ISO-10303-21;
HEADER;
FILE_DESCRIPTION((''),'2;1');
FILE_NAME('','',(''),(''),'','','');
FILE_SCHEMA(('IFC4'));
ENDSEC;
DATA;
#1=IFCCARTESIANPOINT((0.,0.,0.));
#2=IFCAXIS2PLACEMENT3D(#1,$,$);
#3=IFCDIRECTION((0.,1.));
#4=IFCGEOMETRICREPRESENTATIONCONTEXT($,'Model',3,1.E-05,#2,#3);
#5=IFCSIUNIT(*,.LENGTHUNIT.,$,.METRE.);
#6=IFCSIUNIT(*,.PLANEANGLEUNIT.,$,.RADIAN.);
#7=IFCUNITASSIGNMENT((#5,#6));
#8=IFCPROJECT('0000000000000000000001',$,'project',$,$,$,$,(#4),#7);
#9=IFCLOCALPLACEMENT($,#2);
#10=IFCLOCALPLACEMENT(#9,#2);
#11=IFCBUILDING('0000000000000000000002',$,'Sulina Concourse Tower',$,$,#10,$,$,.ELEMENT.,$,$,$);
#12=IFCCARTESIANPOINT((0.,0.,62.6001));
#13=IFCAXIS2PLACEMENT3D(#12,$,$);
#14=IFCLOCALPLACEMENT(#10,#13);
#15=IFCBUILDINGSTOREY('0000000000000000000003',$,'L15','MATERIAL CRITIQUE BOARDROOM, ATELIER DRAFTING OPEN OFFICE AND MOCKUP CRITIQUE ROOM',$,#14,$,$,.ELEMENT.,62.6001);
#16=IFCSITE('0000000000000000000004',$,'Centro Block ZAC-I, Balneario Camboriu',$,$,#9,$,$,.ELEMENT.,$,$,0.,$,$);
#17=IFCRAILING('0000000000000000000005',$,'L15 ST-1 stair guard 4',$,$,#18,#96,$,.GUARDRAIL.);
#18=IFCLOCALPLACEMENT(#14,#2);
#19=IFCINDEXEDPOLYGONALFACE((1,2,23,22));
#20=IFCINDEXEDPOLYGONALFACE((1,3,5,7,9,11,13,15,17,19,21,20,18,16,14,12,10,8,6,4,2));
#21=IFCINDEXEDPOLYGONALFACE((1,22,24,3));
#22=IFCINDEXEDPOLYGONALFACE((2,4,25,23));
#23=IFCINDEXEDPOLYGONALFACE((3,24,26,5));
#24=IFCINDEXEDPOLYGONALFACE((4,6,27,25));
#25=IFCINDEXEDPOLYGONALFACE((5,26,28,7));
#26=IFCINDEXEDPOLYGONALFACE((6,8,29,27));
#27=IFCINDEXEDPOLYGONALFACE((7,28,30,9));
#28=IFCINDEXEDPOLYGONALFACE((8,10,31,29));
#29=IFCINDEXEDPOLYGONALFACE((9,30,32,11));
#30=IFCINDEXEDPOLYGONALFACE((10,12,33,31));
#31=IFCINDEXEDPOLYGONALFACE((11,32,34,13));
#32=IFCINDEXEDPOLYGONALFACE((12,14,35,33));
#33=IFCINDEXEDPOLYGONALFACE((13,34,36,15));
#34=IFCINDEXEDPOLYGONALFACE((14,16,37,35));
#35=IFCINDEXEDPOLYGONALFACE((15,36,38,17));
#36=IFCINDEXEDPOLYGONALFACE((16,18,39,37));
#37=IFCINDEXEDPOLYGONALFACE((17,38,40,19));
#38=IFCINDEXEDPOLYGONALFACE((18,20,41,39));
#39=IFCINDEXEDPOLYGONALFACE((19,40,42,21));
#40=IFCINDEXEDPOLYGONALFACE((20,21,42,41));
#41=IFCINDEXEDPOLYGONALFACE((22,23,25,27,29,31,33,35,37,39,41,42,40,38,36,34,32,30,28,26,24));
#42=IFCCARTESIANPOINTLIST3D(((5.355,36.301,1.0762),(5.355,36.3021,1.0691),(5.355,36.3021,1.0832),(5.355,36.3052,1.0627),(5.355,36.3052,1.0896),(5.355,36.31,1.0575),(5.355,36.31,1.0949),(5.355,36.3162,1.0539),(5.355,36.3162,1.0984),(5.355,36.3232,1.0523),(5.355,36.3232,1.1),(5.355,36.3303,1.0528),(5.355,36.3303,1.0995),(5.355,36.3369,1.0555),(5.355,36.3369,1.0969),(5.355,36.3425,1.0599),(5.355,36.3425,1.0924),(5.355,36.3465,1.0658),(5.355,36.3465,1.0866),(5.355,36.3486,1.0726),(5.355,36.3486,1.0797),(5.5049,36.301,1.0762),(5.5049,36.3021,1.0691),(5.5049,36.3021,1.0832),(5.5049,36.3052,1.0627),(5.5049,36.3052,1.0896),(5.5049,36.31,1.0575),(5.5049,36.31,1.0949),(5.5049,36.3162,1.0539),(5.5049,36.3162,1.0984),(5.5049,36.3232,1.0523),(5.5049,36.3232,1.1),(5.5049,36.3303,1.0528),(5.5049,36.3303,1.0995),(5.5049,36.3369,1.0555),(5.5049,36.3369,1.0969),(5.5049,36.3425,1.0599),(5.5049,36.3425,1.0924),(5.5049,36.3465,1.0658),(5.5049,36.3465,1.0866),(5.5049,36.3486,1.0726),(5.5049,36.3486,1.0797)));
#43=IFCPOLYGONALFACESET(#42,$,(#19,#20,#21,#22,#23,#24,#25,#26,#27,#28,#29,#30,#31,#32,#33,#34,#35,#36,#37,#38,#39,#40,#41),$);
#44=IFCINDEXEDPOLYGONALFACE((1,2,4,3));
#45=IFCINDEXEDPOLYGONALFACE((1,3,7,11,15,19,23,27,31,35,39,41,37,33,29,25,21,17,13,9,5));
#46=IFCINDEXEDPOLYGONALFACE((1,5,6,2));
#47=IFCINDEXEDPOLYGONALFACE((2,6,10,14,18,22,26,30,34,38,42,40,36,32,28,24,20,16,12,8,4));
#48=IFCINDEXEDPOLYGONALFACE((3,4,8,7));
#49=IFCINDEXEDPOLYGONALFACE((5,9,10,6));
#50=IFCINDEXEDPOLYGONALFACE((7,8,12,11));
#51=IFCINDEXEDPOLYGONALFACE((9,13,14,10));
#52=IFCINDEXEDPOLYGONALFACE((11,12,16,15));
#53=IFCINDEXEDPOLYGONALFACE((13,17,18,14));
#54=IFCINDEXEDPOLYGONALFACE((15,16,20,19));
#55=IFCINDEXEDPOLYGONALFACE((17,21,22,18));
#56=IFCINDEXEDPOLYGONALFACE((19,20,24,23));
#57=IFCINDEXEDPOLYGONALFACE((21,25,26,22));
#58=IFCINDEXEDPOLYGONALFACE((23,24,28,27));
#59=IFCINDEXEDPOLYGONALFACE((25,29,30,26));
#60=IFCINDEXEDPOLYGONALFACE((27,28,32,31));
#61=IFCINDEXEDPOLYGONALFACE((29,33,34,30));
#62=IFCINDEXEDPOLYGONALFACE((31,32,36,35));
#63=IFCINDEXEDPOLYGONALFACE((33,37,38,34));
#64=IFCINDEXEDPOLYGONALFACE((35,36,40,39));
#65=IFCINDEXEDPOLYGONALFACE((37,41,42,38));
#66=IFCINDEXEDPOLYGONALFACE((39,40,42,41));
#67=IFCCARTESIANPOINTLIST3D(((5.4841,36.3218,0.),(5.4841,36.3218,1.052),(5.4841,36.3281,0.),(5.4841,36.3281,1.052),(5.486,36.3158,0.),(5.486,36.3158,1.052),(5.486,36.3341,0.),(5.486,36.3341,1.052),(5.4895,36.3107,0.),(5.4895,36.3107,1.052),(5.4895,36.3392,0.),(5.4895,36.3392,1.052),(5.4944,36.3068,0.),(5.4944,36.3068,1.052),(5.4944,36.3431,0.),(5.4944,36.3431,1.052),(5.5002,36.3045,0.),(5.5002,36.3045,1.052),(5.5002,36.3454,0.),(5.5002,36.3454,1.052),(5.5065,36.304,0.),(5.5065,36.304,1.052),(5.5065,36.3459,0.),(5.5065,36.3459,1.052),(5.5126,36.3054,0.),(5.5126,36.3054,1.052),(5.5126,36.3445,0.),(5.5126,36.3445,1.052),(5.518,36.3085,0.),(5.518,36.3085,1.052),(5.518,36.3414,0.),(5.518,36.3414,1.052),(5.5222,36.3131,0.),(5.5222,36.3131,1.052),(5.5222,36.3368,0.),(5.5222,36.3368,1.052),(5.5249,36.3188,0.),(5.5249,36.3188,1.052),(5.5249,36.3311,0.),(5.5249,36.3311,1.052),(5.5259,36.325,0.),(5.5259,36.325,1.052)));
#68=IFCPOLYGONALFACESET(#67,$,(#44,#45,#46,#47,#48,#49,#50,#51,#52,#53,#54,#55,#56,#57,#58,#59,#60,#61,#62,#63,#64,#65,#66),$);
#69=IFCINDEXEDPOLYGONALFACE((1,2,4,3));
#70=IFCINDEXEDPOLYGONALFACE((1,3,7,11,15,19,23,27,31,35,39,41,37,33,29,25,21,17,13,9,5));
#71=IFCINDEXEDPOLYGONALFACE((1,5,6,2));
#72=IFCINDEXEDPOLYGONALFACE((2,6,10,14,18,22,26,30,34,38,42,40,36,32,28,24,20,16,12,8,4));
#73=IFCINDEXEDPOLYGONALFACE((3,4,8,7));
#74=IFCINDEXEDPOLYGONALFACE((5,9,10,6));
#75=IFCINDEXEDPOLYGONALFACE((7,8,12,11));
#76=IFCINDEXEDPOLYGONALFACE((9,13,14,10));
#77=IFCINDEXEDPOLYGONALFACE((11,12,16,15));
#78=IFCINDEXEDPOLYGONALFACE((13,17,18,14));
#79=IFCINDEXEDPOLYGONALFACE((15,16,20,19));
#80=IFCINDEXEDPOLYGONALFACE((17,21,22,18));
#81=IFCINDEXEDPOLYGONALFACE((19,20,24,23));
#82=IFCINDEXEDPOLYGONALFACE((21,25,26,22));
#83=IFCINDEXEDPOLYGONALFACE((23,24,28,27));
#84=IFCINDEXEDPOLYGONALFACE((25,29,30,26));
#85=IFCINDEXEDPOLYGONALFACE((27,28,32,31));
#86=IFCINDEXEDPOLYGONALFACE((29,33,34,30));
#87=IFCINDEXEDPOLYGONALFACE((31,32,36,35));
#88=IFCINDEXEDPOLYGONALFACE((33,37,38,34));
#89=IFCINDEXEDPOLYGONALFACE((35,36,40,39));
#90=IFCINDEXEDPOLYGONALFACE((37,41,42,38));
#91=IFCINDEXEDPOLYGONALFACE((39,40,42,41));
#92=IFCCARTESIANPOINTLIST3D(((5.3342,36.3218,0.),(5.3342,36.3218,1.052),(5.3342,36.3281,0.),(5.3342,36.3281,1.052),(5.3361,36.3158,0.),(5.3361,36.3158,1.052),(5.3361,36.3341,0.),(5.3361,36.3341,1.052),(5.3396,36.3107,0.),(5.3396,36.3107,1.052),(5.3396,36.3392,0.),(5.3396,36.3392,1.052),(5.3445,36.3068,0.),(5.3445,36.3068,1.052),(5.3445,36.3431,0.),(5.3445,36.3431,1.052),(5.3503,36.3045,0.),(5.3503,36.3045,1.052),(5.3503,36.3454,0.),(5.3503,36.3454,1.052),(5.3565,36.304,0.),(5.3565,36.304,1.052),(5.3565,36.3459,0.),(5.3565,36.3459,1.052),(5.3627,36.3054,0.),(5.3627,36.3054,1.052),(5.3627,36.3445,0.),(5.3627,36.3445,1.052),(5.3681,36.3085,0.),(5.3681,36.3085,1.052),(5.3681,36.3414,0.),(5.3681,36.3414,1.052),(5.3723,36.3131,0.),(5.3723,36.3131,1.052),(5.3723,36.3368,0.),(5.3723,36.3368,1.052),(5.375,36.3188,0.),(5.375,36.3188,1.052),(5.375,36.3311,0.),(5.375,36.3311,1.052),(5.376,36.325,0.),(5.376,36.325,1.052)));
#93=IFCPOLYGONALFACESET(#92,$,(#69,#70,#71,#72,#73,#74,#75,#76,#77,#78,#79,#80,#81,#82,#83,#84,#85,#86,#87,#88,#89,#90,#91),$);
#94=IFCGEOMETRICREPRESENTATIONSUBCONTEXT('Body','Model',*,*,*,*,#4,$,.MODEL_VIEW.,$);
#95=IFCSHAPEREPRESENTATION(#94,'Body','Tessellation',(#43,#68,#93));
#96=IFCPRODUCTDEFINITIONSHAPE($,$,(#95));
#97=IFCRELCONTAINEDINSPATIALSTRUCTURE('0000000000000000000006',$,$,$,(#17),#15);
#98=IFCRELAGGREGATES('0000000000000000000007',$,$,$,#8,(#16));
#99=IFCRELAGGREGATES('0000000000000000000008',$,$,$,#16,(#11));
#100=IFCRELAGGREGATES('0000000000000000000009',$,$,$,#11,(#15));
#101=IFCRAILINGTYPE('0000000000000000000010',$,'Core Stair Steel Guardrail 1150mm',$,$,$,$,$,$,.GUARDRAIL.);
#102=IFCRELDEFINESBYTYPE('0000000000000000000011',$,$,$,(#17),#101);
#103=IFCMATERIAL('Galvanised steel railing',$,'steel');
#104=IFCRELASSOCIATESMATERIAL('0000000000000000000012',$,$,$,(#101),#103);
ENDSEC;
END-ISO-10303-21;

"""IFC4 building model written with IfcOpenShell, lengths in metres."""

from ifc_helpers import new_model, si_unit, direction, frame, origin, origin_2d, place, context, subcontext, project, spatial, circle, extrude, material, type_object, element, save


model = new_model("IFC4")

# Units and contexts
model_context = context("Model", 3, precision=1e-05, world=origin(), true_north=direction((0.0, 1.0)))
body_context = subcontext(model_context, "Body", "Model", "MODEL_VIEW")
ifc_project = project(units=[si_unit("LENGTHUNIT", "METRE"), si_unit("PLANEANGLEUNIT", "RADIAN")], contexts=[model_context])

# Site, building, storey
site_placement = place(None, origin())
site = spatial("IfcSite", under=ifc_project, at=site_placement, Name="Centro Block ZAC-I, Balneario Camboriu", CompositionType="ELEMENT", RefElevation=0.0)
building_placement = place(site_placement, origin())
building = spatial("IfcBuilding", under=site, at=building_placement, Name="Sulina Concourse Tower", CompositionType="ELEMENT")
storey_placement = place(building_placement, frame((0.0, 0.0, 62.6001)))
storey = spatial("IfcBuildingStorey", under=building, at=storey_placement, Name="L15", Description="MATERIAL CRITIQUE BOARDROOM, ATELIER DRAFTING OPEN OFFICE AND MOCKUP CRITIQUE ROOM", CompositionType="ELEMENT", Elevation=62.6001)

# Railing
ifc_material_1 = material(Name="Galvanised steel railing", Category="steel")
railing_type_1 = type_object("IfcRailingType", Name="Core Stair Steel Guardrail 1150mm", PredefinedType="GUARDRAIL", material=ifc_material_1)
railing_1_placement = place(storey_placement, frame((5.5049, 36.325, 0.0)))
element("IfcRailing", 1, at=railing_1_placement, inside=storey, type_object=railing_type_1, Name="L15 ST-1 stair guard 4", PredefinedType="GUARDRAIL", context=body_context, shape_type="SweptSolid", body=[
    extrude(circle(Radius=0.0239, at=origin_2d()), frame((0.0, 0.0, 1.0762), z_axis=(-1.0, 0.0, 0.0), x_axis=(0.0, -1.0, 0.0)), (0.0, 0.0, 1.0), 0.1499),
    extrude(circle(Radius=0.021, at=origin_2d()), origin(), (0.0, 0.0, 1.0), 1.052),
    extrude(circle(Radius=0.021, at=origin_2d()), frame((-0.1499, 0.0, 0.0)), (0.0, 0.0, 1.0), 1.052),
])

save(model, "model.ifc")
